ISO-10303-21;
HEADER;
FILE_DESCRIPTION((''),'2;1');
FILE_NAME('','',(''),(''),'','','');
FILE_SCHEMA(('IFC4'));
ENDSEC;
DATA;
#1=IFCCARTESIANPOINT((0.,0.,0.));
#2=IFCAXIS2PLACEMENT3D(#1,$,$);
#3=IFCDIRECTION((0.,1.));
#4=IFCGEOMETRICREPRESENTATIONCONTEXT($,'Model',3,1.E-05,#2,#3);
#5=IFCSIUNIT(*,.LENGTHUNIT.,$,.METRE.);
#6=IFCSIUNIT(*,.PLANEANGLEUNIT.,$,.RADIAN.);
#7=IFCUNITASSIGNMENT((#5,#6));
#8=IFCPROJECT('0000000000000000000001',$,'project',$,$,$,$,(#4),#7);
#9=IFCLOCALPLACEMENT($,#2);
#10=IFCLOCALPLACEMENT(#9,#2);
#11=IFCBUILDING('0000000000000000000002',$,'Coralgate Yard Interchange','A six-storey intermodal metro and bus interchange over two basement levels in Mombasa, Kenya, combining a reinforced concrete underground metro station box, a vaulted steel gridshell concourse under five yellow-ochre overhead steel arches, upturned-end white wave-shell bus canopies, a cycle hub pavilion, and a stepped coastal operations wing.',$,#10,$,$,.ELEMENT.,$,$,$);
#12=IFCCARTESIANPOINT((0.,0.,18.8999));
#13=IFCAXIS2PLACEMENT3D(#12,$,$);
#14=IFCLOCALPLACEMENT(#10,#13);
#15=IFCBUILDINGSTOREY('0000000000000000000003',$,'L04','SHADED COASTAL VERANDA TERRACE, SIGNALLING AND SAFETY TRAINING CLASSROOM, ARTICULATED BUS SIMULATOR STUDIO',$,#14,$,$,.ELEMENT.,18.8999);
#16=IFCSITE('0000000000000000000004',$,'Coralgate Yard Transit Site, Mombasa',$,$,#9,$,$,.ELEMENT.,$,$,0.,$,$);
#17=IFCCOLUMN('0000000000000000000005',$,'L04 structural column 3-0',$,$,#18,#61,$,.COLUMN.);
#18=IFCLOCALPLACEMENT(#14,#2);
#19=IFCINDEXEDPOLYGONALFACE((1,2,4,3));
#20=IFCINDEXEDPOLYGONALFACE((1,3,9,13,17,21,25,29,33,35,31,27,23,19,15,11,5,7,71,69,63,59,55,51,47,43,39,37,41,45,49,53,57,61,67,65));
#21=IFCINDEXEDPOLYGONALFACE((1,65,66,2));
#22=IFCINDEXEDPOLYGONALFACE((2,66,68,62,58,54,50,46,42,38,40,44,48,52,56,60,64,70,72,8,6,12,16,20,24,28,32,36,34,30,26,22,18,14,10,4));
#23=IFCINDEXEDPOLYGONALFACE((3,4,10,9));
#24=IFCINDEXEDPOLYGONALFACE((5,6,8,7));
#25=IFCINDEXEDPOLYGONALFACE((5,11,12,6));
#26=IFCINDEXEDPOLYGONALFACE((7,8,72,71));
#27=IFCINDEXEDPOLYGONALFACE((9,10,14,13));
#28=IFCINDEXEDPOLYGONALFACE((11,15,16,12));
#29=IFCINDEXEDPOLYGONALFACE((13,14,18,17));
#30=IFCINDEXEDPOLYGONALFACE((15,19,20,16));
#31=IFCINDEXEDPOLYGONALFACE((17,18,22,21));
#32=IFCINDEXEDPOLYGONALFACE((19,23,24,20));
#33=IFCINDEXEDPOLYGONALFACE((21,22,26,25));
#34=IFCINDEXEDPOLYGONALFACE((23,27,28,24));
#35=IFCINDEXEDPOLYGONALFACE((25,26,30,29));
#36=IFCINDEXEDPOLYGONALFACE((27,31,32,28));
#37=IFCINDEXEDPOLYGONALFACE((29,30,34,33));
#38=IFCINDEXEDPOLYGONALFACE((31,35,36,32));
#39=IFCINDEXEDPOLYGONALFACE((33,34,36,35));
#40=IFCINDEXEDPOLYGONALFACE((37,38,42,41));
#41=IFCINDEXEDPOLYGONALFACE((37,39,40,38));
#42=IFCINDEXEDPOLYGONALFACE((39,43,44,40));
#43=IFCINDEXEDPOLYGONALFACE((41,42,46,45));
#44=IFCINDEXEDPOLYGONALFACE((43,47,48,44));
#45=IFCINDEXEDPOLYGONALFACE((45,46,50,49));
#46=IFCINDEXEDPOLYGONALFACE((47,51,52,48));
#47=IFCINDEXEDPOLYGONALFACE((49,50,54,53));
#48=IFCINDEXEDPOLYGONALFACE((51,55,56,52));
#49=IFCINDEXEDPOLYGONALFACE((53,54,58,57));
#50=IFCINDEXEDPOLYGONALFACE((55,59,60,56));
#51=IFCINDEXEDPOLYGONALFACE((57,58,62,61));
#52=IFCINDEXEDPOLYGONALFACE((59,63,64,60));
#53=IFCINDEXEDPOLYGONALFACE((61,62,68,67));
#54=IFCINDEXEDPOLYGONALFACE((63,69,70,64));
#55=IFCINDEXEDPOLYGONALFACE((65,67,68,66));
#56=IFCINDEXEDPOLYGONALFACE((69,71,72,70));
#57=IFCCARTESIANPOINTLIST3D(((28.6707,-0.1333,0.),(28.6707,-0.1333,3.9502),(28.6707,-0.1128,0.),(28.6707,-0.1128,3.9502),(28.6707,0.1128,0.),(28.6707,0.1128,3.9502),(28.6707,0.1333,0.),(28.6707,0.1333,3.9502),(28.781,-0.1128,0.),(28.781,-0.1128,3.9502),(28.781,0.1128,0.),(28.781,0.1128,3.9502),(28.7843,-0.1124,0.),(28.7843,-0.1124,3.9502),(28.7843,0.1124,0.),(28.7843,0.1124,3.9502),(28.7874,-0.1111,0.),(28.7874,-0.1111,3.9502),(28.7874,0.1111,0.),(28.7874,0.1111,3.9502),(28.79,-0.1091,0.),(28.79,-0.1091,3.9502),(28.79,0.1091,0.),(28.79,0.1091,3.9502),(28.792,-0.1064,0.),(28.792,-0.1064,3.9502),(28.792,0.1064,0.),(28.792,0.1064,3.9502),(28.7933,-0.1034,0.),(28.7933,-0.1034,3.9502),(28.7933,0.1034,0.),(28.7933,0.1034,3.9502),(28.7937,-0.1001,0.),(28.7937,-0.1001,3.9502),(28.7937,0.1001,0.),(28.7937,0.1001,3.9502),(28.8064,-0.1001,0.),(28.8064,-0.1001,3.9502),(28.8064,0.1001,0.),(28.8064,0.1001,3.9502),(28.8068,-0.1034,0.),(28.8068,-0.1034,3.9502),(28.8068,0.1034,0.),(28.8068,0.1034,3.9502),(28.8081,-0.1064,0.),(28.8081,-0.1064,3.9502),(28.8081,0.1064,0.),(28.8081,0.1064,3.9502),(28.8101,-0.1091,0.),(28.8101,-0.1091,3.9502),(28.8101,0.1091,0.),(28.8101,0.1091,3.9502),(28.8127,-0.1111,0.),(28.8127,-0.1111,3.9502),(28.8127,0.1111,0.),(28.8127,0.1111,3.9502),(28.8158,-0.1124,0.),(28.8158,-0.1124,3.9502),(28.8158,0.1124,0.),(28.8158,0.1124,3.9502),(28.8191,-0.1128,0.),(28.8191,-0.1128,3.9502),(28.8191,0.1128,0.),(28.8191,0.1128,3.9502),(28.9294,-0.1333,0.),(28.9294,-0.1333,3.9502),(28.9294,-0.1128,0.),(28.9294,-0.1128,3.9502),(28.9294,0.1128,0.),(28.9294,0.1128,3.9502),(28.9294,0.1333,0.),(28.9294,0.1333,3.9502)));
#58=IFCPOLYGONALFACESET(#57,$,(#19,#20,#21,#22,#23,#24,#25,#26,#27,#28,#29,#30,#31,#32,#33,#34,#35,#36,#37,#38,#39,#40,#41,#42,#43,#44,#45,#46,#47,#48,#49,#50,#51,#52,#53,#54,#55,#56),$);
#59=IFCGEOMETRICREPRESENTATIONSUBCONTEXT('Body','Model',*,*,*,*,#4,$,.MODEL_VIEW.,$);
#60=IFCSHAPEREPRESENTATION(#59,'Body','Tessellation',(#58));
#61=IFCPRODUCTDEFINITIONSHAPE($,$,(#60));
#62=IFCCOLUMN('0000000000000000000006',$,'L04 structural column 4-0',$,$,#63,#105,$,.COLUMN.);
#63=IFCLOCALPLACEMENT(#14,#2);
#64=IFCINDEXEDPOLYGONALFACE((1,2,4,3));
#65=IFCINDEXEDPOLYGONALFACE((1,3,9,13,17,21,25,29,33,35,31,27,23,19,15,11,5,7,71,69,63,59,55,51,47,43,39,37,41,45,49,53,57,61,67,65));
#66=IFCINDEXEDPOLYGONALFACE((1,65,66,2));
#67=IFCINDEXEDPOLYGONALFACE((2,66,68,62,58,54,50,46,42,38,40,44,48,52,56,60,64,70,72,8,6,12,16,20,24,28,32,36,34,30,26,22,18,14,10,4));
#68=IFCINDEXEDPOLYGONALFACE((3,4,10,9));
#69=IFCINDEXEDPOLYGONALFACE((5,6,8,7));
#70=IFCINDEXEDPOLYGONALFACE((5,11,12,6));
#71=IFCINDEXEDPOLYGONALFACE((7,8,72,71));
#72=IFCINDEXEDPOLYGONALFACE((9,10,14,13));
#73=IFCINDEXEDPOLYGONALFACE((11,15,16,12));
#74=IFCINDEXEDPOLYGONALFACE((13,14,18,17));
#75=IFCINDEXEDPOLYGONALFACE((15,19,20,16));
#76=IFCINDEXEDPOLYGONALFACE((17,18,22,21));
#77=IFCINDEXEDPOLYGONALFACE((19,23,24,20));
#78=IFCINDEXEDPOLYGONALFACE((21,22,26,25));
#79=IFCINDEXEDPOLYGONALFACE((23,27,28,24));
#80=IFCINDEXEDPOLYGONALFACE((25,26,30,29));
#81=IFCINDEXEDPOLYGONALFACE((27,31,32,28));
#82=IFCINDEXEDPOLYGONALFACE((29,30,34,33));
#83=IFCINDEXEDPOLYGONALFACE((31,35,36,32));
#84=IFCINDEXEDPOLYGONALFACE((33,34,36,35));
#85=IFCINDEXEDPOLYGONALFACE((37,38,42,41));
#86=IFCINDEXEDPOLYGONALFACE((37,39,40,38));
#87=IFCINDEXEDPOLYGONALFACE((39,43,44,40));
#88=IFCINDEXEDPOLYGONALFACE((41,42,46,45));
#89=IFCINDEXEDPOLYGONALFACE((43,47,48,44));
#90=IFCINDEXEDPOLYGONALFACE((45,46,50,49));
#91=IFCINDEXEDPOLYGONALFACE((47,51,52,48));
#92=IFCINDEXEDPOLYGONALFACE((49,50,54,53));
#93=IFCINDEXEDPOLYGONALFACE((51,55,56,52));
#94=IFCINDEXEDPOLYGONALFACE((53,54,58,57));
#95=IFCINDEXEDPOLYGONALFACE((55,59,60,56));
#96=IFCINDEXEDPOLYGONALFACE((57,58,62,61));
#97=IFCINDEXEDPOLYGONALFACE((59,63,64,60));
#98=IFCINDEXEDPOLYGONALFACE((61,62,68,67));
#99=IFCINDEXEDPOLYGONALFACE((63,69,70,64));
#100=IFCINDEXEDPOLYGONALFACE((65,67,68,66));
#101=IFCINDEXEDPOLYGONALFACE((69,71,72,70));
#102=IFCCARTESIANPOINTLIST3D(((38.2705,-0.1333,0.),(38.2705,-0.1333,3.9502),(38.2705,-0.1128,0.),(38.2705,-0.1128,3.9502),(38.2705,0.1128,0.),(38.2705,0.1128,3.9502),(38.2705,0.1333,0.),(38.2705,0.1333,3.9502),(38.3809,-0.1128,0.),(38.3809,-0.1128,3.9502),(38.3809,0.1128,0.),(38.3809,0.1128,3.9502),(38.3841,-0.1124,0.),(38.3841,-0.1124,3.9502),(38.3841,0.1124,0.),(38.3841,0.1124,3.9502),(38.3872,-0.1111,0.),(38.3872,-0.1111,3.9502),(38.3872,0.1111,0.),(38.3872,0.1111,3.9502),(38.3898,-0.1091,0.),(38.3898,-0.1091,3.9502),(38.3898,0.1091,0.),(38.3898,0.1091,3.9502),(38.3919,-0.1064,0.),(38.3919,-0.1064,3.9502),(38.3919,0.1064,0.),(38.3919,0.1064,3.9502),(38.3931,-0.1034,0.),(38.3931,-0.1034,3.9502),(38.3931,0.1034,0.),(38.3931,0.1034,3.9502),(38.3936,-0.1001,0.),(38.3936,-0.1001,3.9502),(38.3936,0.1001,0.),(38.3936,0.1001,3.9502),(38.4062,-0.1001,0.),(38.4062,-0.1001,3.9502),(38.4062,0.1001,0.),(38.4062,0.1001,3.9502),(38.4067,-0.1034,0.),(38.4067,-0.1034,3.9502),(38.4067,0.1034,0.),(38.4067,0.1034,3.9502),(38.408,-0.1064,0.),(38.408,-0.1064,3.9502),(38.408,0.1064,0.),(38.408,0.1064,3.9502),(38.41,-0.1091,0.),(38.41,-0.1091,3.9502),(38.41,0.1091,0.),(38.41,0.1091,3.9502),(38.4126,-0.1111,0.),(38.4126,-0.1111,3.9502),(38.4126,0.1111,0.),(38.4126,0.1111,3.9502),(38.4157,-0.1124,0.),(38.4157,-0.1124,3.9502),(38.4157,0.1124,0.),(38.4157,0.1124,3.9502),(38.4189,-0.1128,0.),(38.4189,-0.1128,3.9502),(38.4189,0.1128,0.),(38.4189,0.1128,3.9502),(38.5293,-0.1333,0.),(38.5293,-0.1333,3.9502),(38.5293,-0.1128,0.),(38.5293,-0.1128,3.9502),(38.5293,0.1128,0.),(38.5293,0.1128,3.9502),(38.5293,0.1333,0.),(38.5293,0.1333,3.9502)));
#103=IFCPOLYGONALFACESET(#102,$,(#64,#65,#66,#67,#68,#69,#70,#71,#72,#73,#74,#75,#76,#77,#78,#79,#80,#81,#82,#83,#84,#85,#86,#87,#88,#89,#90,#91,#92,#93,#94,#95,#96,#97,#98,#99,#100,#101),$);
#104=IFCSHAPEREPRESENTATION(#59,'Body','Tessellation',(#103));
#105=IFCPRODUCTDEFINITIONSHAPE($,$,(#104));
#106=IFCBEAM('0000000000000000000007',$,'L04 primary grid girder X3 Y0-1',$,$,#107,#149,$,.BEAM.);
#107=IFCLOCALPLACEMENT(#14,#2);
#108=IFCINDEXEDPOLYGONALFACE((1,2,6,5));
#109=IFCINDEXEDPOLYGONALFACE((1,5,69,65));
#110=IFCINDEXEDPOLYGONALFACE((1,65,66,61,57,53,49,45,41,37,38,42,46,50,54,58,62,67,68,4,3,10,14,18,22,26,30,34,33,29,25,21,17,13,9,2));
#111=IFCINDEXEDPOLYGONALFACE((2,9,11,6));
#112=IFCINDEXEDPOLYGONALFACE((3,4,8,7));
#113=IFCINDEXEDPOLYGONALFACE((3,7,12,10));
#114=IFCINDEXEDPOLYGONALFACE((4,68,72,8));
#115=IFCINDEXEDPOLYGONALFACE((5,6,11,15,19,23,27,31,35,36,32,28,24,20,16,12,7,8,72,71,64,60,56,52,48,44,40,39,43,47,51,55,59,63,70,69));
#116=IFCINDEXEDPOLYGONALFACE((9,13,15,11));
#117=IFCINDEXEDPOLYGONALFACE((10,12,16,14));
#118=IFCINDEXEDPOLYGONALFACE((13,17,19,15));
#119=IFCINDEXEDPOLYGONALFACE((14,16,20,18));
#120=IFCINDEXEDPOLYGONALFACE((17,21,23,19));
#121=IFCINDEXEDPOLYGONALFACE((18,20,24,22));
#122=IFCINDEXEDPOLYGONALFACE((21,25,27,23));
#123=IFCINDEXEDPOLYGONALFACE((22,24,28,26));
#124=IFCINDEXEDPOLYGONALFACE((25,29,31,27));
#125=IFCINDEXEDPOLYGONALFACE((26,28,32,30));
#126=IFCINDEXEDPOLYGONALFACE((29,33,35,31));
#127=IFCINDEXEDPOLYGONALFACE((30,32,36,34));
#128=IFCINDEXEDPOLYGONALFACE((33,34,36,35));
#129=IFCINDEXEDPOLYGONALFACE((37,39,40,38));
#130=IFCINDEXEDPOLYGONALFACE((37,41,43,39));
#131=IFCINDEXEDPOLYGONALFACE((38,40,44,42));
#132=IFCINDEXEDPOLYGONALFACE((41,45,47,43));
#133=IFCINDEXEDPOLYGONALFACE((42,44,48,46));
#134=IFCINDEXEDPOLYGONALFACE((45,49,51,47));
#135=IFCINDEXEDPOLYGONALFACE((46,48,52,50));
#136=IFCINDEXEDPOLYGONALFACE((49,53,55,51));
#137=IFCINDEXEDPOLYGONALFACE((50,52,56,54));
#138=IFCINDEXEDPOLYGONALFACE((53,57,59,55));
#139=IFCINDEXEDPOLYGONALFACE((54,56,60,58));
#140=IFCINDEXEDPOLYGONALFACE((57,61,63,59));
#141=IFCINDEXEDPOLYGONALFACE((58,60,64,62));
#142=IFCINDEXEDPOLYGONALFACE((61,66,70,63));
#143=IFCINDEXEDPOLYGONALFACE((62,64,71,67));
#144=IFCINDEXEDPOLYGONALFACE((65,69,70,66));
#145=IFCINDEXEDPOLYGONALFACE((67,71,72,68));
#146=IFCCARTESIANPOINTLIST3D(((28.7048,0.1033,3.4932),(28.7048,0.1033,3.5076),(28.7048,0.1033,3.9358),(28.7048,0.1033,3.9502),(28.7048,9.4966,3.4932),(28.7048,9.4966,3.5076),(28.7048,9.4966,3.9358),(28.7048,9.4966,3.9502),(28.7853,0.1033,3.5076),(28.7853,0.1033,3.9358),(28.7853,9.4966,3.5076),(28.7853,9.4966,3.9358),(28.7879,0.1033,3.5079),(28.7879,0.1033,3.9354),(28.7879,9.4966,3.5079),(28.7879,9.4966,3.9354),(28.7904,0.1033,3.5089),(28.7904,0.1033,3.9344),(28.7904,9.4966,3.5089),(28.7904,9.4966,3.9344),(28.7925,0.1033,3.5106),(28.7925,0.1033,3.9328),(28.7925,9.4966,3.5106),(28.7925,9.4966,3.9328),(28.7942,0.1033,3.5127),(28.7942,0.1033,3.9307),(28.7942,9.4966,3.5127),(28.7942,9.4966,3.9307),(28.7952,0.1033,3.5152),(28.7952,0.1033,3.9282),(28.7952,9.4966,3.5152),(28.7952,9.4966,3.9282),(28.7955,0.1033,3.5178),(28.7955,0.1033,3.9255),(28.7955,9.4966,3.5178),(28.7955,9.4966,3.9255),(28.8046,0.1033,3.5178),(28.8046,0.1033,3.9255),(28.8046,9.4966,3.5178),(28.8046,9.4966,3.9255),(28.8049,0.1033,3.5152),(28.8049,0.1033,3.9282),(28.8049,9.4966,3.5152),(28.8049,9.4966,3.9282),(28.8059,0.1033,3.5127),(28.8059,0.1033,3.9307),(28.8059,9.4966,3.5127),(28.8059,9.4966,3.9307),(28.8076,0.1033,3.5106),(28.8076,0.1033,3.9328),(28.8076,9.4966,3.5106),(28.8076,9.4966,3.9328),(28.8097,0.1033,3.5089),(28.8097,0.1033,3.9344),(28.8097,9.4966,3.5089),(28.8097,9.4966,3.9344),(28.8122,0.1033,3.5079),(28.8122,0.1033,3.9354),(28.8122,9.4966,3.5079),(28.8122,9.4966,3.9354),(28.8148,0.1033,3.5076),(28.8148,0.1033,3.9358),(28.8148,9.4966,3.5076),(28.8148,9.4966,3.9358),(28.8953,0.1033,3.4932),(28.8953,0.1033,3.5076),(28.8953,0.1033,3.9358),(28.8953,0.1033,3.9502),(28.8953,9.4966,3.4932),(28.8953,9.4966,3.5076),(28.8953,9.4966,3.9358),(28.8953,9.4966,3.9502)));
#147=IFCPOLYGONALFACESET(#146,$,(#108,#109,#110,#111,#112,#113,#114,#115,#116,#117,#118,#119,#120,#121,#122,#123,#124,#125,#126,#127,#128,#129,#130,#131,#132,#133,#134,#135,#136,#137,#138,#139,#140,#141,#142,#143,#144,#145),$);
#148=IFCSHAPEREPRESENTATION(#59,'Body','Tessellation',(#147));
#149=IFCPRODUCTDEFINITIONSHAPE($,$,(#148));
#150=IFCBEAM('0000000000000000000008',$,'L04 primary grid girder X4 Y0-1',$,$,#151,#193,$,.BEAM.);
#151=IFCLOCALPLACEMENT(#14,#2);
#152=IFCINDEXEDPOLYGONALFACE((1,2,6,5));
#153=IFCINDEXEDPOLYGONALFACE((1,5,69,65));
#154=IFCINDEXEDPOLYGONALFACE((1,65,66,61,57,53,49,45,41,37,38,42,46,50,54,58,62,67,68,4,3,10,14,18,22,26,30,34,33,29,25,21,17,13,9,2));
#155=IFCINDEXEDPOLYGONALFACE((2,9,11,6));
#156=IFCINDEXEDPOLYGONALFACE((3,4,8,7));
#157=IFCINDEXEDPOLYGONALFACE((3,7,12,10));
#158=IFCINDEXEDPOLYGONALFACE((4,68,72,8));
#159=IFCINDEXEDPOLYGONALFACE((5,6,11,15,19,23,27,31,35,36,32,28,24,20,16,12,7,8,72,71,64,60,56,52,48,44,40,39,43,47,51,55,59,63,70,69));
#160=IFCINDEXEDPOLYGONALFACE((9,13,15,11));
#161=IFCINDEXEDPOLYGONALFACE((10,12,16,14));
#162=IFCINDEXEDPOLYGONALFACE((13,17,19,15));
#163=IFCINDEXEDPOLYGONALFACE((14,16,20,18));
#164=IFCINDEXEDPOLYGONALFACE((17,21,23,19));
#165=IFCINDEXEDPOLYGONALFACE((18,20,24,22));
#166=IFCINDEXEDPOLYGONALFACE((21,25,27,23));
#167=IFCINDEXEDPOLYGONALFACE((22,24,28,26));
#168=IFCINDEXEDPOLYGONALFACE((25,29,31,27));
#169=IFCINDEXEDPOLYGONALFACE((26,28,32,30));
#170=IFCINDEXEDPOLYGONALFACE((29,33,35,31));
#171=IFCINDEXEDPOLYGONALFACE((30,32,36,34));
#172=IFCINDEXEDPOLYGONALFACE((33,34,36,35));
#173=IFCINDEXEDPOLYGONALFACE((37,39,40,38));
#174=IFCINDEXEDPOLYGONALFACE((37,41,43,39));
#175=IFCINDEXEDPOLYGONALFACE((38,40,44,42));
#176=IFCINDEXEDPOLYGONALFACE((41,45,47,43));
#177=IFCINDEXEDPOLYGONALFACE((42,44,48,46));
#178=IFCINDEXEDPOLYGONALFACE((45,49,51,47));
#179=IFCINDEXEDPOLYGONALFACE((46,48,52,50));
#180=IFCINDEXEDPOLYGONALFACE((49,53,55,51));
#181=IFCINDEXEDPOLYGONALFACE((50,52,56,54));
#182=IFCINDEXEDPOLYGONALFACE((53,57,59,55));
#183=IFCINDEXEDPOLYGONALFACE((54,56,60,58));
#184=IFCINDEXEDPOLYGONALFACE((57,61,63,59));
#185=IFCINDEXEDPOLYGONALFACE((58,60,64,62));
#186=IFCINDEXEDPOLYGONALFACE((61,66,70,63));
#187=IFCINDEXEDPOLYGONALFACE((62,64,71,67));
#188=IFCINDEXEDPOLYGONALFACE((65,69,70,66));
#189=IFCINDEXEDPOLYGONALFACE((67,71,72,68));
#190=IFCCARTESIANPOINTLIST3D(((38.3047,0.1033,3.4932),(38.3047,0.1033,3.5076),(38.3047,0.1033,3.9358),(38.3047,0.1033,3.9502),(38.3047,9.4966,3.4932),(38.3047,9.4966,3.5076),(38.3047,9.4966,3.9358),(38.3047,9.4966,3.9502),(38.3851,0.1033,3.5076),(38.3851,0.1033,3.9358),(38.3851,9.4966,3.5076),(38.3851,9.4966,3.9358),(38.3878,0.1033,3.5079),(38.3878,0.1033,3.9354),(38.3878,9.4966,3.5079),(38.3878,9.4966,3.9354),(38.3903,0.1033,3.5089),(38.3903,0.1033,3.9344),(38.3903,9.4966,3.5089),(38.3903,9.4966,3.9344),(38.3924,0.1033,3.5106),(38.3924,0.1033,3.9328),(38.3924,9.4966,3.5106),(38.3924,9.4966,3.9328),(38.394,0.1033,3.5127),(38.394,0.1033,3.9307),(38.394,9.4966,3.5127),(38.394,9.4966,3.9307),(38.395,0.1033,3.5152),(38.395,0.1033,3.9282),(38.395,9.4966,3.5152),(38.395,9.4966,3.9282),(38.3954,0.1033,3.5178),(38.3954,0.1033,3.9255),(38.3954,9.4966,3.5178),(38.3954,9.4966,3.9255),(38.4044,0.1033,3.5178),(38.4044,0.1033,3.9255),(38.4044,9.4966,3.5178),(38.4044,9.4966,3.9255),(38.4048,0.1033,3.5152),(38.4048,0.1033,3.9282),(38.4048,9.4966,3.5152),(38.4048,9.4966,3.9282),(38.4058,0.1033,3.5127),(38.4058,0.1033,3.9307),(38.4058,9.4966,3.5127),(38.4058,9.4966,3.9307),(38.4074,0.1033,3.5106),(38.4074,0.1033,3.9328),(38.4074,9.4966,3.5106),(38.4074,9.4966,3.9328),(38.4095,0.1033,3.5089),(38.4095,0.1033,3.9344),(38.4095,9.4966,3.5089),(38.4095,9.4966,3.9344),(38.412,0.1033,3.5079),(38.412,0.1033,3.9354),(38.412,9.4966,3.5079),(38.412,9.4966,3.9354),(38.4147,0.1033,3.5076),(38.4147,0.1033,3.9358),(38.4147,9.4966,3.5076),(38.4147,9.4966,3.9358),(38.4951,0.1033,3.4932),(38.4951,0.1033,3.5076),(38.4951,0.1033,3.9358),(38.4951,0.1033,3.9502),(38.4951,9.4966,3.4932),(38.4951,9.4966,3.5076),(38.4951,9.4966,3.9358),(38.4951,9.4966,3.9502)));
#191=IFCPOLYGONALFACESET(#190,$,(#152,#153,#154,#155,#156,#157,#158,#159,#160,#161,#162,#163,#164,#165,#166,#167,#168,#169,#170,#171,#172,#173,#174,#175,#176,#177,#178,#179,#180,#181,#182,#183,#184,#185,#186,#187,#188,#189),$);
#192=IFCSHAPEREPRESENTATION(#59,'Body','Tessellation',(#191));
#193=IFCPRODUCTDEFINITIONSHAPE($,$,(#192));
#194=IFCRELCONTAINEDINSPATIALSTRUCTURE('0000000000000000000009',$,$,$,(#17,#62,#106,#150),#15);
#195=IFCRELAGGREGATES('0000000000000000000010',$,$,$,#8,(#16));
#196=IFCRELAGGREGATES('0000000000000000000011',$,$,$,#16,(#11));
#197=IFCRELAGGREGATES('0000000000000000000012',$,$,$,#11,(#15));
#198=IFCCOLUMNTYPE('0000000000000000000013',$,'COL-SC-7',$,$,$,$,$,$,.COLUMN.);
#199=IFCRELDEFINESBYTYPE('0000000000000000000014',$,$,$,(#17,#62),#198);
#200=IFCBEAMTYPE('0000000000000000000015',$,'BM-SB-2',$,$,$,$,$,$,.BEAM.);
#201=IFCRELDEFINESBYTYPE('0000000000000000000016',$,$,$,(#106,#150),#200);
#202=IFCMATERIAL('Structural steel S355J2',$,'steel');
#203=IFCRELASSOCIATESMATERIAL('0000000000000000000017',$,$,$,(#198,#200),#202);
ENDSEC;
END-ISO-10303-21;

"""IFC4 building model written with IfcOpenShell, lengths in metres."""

from ifc_helpers import new_model, si_unit, direction, frame, origin, origin_2d, place, context, subcontext, project, spatial, i_section, extrude, material, material_profile, profile_set, type_object, element, save


model = new_model("IFC4")

# Units and contexts
model_context = context("Model", 3, precision=1e-05, world=origin(), true_north=direction((0.0, 1.0)))
body_context = subcontext(model_context, "Body", "Model", "MODEL_VIEW")
ifc_project = project(units=[si_unit("LENGTHUNIT", "METRE"), si_unit("PLANEANGLEUNIT", "RADIAN")], contexts=[model_context])

# Site, building, storey
site_placement = place(None, origin())
site = spatial("IfcSite", under=ifc_project, at=site_placement, Name="Coralgate Yard Transit Site, Mombasa", CompositionType="ELEMENT", RefElevation=0.0)
building_placement = place(site_placement, origin())
building = spatial("IfcBuilding", under=site, at=building_placement, Name="Coralgate Yard Interchange", Description="A six-storey intermodal metro and bus interchange over two basement levels in Mombasa, Kenya, combining a reinforced concrete underground metro station box, a vaulted steel gridshell concourse under five yellow-ochre overhead steel arches, upturned-end white wave-shell bus canopies, a cycle hub pavilion, and a stepped coastal operations wing.", CompositionType="ELEMENT")
storey_placement = place(building_placement, frame((0.0, 0.0, 18.8999)))
storey = spatial("IfcBuildingStorey", under=building, at=storey_placement, Name="L04", Description="SHADED COASTAL VERANDA TERRACE, SIGNALLING AND SAFETY TRAINING CLASSROOM, ARTICULATED BUS SIMULATOR STUDIO", CompositionType="ELEMENT", Elevation=18.8999)

# Columns
ifc_material_1 = material(Name="Structural steel S355J2", Category="steel")
ifc_material_profile_1 = material_profile(ifc_material_1, i_section(OverallWidth=0.2588, OverallDepth=0.2666, WebThickness=0.0127, FlangeThickness=0.0205, FilletRadius=0.0127, at=origin_2d()), Name="UC 254x254x107")
ifc_profile_set_1 = profile_set([ifc_material_profile_1], Name="Structural steel S355J2")
column_type = type_object("IfcColumnType", Name="COL-SC-7", PredefinedType="COLUMN", material=ifc_profile_set_1)
for number, where, z_axis, x_axis, name in (
    (1, (28.8, 0.0, 0.0), (0.0, 0.0, 1.0), (1.0, 0.0, 0.0), "L04 structural column 3-0"),
    (2, (38.3999, 0.0, 0.0), (0.0, 0.0, 1.0), (1.0, 0.0, 0.0), "L04 structural column 4-0"),
):
    element("IfcColumn", number, at=place(storey_placement, frame(where, z_axis=z_axis, x_axis=x_axis)), inside=storey, type_object=column_type, Name=name, PredefinedType="COLUMN", context=body_context, shape_type="SweptSolid", body=[
        extrude(i_section(OverallWidth=0.2588, OverallDepth=0.2666, WebThickness=0.0127, FlangeThickness=0.0205, FilletRadius=0.0127, at=origin_2d()), origin(), (0.0, 0.0, 1.0), 3.9502),
    ])

# Beams
ifc_material_profile_2 = material_profile(ifc_material_1, i_section(OverallWidth=0.1904, OverallDepth=0.457, WebThickness=0.009, FlangeThickness=0.0144, FilletRadius=0.0103, at=origin_2d()), Name="UB 457x191x74")
ifc_profile_set_2 = profile_set([ifc_material_profile_2], Name="Structural steel S355J2")
beam_type_1 = type_object("IfcBeamType", Name="BM-SB-2", PredefinedType="BEAM", material=ifc_profile_set_2)
for number, where, z_axis, x_axis, name in (
    (3, (28.8, 0.1033, 3.7217), (0.0, 1.0, 0.0), (-1.0, 0.0, 0.0), "L04 primary grid girder X3 Y0-1"),
    (4, (38.3999, 0.1033, 3.7217), (0.0, 1.0, 0.0), (-1.0, 0.0, 0.0), "L04 primary grid girder X4 Y0-1"),
):
    element("IfcBeam", number, at=place(storey_placement, frame(where, z_axis=z_axis, x_axis=x_axis)), inside=storey, type_object=beam_type_1, Name=name, PredefinedType="BEAM", context=body_context, shape_type="SweptSolid", body=[
        extrude(i_section(OverallWidth=0.1904, OverallDepth=0.457, WebThickness=0.009, FlangeThickness=0.0144, FilletRadius=0.0103, at=origin_2d()), origin(), (0.0, 0.0, 1.0), 9.3933),
    ])

save(model, "model.ifc")
